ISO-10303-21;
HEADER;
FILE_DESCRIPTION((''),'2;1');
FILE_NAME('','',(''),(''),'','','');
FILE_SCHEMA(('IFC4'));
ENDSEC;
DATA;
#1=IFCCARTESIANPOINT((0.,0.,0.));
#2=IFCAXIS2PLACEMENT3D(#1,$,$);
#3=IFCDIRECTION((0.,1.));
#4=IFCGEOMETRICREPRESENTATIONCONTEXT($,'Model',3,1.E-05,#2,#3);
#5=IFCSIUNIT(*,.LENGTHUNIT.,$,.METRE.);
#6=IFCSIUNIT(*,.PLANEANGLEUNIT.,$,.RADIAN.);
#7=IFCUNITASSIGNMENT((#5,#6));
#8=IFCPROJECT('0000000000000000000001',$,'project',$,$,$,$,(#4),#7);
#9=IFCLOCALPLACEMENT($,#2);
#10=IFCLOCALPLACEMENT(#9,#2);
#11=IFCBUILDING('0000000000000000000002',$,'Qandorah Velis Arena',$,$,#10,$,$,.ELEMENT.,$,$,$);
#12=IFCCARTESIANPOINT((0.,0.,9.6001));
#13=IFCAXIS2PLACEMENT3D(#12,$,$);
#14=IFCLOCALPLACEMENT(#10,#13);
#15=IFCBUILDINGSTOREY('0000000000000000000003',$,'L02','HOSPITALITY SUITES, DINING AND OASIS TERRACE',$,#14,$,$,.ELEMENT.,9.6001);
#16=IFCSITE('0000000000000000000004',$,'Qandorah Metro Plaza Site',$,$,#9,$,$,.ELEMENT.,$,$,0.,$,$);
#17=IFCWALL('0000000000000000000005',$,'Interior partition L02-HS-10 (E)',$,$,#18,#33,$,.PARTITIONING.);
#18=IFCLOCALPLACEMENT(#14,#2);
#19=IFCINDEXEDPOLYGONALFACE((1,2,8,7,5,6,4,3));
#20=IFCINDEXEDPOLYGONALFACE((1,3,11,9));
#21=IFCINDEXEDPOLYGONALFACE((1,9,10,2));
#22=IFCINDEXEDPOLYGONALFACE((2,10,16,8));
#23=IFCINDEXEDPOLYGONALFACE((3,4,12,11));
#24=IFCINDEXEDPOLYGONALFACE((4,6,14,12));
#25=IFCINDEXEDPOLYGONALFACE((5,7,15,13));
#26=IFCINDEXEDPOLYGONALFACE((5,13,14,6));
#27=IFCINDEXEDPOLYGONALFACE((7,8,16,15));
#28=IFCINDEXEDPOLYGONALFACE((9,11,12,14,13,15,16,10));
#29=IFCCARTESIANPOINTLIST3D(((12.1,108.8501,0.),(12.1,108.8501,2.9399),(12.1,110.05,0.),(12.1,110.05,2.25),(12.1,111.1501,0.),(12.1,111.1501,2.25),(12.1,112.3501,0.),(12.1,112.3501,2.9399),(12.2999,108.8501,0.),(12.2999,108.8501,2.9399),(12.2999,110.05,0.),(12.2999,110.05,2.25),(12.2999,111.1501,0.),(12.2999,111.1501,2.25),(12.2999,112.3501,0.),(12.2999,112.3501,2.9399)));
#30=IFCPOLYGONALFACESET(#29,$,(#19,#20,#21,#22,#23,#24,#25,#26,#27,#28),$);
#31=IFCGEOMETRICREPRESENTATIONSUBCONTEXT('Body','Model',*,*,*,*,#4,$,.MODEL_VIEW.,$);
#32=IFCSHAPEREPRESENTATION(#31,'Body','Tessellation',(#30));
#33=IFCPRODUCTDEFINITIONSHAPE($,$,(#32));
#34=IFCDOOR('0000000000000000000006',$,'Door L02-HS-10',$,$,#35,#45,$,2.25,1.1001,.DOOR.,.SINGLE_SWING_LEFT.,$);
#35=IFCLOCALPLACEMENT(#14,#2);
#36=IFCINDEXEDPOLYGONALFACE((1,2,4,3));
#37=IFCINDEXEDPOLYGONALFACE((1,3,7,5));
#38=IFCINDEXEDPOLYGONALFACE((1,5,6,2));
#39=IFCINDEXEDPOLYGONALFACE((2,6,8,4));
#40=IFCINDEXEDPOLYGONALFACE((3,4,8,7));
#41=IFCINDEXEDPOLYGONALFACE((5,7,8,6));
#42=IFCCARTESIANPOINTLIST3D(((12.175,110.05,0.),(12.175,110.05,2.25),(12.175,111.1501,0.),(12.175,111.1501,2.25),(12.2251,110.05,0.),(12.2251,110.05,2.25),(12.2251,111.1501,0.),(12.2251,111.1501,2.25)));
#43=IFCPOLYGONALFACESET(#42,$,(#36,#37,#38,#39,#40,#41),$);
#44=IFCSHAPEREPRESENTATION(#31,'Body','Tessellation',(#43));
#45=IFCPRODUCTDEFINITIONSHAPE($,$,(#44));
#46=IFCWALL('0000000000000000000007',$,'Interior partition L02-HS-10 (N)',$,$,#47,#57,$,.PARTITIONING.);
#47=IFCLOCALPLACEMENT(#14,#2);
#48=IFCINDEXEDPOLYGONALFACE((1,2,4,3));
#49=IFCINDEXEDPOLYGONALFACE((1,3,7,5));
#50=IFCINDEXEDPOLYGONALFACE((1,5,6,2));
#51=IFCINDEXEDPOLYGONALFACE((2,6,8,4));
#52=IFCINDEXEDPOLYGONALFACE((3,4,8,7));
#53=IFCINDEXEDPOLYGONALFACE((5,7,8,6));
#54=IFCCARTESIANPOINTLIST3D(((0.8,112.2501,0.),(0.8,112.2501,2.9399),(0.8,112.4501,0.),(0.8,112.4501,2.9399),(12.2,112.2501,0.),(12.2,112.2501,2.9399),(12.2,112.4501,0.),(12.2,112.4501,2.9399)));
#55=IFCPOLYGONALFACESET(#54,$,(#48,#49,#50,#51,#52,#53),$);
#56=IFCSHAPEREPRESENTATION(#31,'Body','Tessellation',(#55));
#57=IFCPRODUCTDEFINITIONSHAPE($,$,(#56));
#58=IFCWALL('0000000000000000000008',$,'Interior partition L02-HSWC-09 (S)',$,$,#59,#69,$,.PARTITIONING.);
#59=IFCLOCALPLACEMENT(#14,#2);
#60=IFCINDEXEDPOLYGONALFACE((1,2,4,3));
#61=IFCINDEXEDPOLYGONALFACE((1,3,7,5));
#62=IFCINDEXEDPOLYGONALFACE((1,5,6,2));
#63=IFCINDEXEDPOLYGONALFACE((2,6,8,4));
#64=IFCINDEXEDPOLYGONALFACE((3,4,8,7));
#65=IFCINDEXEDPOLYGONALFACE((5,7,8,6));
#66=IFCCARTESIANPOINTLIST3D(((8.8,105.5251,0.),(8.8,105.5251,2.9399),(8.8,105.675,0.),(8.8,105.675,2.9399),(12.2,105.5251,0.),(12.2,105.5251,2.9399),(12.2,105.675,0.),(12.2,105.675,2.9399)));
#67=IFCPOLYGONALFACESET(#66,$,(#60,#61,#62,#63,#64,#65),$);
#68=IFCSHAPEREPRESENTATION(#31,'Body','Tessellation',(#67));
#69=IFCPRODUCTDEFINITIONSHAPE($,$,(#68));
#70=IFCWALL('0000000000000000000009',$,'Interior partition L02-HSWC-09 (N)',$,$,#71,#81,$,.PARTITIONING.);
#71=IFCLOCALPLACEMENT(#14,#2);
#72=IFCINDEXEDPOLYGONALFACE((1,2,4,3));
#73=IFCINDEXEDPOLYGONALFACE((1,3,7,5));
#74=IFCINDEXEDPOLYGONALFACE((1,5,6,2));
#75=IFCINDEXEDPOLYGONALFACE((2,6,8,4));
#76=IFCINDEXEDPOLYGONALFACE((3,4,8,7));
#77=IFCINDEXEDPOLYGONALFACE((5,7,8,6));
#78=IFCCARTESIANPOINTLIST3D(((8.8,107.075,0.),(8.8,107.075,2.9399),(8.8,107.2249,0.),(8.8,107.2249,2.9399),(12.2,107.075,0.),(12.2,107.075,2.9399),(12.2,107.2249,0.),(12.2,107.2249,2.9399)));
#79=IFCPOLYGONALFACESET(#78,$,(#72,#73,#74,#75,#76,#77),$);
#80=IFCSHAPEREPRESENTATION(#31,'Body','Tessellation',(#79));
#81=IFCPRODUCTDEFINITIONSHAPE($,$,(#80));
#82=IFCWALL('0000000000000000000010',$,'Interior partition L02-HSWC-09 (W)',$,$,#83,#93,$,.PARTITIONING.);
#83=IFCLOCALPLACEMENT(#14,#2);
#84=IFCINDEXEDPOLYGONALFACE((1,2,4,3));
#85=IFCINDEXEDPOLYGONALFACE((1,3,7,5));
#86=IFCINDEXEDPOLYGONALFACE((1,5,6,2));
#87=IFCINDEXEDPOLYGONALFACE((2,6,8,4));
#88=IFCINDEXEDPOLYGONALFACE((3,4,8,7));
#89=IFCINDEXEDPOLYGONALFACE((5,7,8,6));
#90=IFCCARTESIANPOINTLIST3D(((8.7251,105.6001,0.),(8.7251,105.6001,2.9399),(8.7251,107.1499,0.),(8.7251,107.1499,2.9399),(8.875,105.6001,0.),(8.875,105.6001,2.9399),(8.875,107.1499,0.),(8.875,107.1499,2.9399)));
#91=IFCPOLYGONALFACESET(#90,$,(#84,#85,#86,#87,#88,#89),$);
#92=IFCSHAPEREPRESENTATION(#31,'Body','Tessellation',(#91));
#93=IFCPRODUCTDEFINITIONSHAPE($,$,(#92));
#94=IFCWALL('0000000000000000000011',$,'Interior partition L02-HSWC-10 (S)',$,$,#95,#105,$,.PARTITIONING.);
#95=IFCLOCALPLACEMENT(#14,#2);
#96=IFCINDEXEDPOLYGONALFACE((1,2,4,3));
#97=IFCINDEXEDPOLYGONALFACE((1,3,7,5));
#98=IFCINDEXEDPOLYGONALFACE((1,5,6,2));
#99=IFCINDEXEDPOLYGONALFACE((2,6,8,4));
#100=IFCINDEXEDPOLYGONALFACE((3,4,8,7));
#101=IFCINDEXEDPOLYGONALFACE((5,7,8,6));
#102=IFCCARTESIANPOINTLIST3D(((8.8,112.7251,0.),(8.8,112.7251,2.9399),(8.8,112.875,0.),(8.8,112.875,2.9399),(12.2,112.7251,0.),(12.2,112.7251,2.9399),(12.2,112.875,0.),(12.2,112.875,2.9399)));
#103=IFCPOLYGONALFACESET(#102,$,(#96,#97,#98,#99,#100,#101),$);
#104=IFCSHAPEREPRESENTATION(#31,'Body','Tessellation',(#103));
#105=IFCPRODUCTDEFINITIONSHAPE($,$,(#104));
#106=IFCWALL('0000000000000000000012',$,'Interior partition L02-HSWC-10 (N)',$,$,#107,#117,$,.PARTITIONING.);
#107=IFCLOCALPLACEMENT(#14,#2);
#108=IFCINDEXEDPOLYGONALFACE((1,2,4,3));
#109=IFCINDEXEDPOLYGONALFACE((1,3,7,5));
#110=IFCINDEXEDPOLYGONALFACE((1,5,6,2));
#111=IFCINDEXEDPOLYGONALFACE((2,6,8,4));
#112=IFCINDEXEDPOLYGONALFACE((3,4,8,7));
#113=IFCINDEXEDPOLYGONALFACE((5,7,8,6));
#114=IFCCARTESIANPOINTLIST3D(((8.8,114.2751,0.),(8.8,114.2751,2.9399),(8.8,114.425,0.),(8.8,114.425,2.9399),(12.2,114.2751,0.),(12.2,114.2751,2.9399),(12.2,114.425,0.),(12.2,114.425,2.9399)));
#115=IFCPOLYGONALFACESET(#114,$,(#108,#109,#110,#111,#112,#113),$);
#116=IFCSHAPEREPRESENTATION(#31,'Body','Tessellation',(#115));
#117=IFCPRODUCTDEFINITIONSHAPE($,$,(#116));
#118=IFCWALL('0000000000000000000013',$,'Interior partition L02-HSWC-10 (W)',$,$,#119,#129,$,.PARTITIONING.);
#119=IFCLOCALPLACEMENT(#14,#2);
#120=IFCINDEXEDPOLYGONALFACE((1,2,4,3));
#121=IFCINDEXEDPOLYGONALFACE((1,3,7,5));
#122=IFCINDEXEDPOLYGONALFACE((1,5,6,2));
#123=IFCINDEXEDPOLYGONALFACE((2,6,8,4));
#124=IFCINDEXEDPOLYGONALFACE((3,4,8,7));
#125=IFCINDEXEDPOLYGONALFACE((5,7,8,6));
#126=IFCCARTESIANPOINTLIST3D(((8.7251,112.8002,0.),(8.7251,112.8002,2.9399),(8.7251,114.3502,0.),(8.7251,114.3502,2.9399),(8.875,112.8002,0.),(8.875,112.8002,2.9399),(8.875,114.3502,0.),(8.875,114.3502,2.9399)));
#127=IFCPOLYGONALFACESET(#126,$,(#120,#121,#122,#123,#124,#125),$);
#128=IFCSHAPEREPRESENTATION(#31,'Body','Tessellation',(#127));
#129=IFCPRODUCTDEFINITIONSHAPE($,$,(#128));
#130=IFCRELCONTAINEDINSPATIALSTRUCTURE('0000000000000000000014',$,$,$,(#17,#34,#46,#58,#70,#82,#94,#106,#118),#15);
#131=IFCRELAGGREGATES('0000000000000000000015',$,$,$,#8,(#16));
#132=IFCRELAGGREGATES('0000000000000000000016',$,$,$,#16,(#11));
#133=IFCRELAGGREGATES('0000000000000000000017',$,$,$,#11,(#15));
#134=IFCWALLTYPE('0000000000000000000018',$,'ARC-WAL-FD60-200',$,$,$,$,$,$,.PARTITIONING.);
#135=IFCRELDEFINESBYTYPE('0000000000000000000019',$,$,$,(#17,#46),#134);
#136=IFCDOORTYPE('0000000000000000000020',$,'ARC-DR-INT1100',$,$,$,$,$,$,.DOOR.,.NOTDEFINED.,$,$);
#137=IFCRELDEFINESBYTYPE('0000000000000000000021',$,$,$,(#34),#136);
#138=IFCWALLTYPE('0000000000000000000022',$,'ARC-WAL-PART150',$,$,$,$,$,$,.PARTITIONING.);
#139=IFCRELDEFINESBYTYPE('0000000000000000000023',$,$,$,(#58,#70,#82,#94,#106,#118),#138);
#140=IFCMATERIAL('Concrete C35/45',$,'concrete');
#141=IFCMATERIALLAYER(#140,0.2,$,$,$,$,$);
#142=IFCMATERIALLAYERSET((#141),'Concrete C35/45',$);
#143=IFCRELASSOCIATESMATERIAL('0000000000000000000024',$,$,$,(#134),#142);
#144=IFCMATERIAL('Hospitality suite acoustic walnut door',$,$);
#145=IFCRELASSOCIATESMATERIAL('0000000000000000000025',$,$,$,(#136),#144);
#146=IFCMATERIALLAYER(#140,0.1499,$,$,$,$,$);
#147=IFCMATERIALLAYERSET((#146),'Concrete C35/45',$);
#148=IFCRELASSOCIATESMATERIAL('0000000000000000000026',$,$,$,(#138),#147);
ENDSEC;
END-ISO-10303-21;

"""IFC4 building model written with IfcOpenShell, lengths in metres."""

from ifc_helpers import new_model, si_unit, direction, frame, frame_2d, origin, place, context, subcontext, project, spatial, rectangle, extrude, material, layer, layer_set, type_object, element, fill, save


model = new_model("IFC4")

# Units and contexts
model_context = context("Model", 3, precision=1e-05, world=origin(), true_north=direction((0.0, 1.0)))
body_context = subcontext(model_context, "Body", "Model", "MODEL_VIEW")
ifc_project = project(units=[si_unit("LENGTHUNIT", "METRE"), si_unit("PLANEANGLEUNIT", "RADIAN")], contexts=[model_context])

# Site, building, storey
site_placement = place(None, origin())
site = spatial("IfcSite", under=ifc_project, at=site_placement, Name="Qandorah Metro Plaza Site", CompositionType="ELEMENT", RefElevation=0.0)
building_placement = place(site_placement, origin())
building = spatial("IfcBuilding", under=site, at=building_placement, Name="Qandorah Velis Arena", CompositionType="ELEMENT")
storey_placement = place(building_placement, frame((0.0, 0.0, 9.6001)))
storey = spatial("IfcBuildingStorey", under=building, at=storey_placement, Name="L02", Description="HOSPITALITY SUITES, DINING AND OASIS TERRACE", CompositionType="ELEMENT", Elevation=9.6001)

# Shared definitions
ifc_material_1 = material(Name="Concrete C35/45", Category="concrete")
ifc_layer_1 = layer(ifc_material_1, 0.2)
ifc_layer_set_1 = layer_set([ifc_layer_1], Name="Concrete C35/45")
wall_type_1 = type_object("IfcWallType", Name="ARC-WAL-FD60-200", PredefinedType="PARTITIONING", material=ifc_layer_set_1)

# Wall, opening, door
wall_1_placement = place(storey_placement, frame((12.2, 108.8501, 0.0), z_axis=(0.0, 0.0, 1.0), x_axis=(0.0, 1.0, 0.0)))
wall_1 = element("IfcWall", 1, at=wall_1_placement, inside=storey, type_object=wall_type_1, Name="Interior partition L02-HS-10 (E)", PredefinedType="PARTITIONING", context=body_context, shape_type="SweptSolid", body=[
    extrude(rectangle(XDim=3.5, YDim=0.2, at=frame_2d((1.75, 0.0))), origin(), (0.0, 0.0, 1.0), 2.9399),
])
opening_1_placement = place(wall_1_placement, frame((1.2, 0.0, 0.0)))
opening_1 = element("IfcOpeningElement", 2, at=opening_1_placement, cuts=wall_1, PredefinedType="OPENING", context=body_context, shape_type="SweptSolid", body=[
    extrude(rectangle(XDim=1.1001, YDim=2.25, at=frame_2d((0.55, 1.125))), frame((0.0, 0.1099, 0.0), z_axis=(0.0, -1.0, 0.0), x_axis=(1.0, 0.0, 0.0)), (0.0, 0.0, 1.0), 0.22),
])
ifc_material_2 = material(Name="Hospitality suite acoustic walnut door")
door_type_1 = type_object("IfcDoorType", Name="ARC-DR-INT1100", OperationType="NOTDEFINED", PredefinedType="DOOR", material=ifc_material_2)
door_1_placement = place(opening_1_placement, origin())
door_1 = element("IfcDoor", 3, at=door_1_placement, inside=storey, type_object=door_type_1, Name="Door L02-HS-10", OperationType="SINGLE_SWING_LEFT", OverallHeight=2.25, OverallWidth=1.1001, PredefinedType="DOOR", context=body_context, shape_type="SweptSolid", body=[
    extrude(rectangle(XDim=1.1001, YDim=2.25, at=frame_2d((0.55, 1.125))), frame((0.0, 0.0249, 0.0), z_axis=(0.0, -1.0, 0.0), x_axis=(1.0, 0.0, 0.0)), (0.0, 0.0, 1.0), 0.05),
])
fill(opening_1, door_1)

# Walls
wall_2_placement = place(storey_placement, frame((12.2, 112.3501, 0.0), z_axis=(0.0, 0.0, 1.0), x_axis=(-1.0, 0.0, 0.0)))
element("IfcWall", 4, at=wall_2_placement, inside=storey, type_object=wall_type_1, Name="Interior partition L02-HS-10 (N)", PredefinedType="PARTITIONING", context=body_context, shape_type="SweptSolid", body=[
    extrude(rectangle(XDim=11.3999, YDim=0.2, at=frame_2d((5.7, 0.0))), origin(), (0.0, 0.0, 1.0), 2.9399),
])
ifc_layer_2 = layer(ifc_material_1, 0.1499)
ifc_layer_set_2 = layer_set([ifc_layer_2], Name="Concrete C35/45")
wall_type_2 = type_object("IfcWallType", Name="ARC-WAL-PART150", PredefinedType="PARTITIONING", material=ifc_layer_set_2)
wall_3_placement = place(storey_placement, frame((8.8, 105.6001, 0.0), z_axis=(0.0, 0.0, 1.0), x_axis=(1.0, 0.0, 0.0)))
element("IfcWall", 5, at=wall_3_placement, inside=storey, type_object=wall_type_2, Name="Interior partition L02-HSWC-09 (S)", PredefinedType="PARTITIONING", context=body_context, shape_type="SweptSolid", body=[
    extrude(rectangle(XDim=3.3999, YDim=0.1499, at=frame_2d((1.7, 0.0))), origin(), (0.0, 0.0, 1.0), 2.9399),
])

# Walls
wall_4_placement = place(storey_placement, frame((12.2, 107.1499, 0.0), z_axis=(0.0, 0.0, 1.0), x_axis=(-1.0, 0.0, 0.0)))
element("IfcWall", 6, at=wall_4_placement, inside=storey, type_object=wall_type_2, Name="Interior partition L02-HSWC-09 (N)", PredefinedType="PARTITIONING", context=body_context, shape_type="SweptSolid", body=[
    extrude(rectangle(XDim=3.3999, YDim=0.1499, at=frame_2d((1.7, 0.0))), origin(), (0.0, 0.0, 1.0), 2.9399),
])
wall_5_placement = place(storey_placement, frame((8.8, 107.1499, 0.0), z_axis=(0.0, 0.0, 1.0), x_axis=(0.0, -1.0, 0.0)))
element("IfcWall", 7, at=wall_5_placement, inside=storey, type_object=wall_type_2, Name="Interior partition L02-HSWC-09 (W)", PredefinedType="PARTITIONING", context=body_context, shape_type="SweptSolid", body=[
    extrude(rectangle(XDim=1.5498, YDim=0.1499, at=frame_2d((0.7749, 0.0))), origin(), (0.0, 0.0, 1.0), 2.9399),
])
wall_6_placement = place(storey_placement, frame((8.8, 112.8, 0.0), z_axis=(0.0, 0.0, 1.0), x_axis=(1.0, 0.0, 0.0)))
element("IfcWall", 8, at=wall_6_placement, inside=storey, type_object=wall_type_2, Name="Interior partition L02-HSWC-10 (S)", PredefinedType="PARTITIONING", context=body_context, shape_type="SweptSolid", body=[
    extrude(rectangle(XDim=3.3999, YDim=0.1499, at=frame_2d((1.7, 0.0))), origin(), (0.0, 0.0, 1.0), 2.9399),
])

# Walls
wall_7_placement = place(storey_placement, frame((12.2, 114.3501, 0.0), z_axis=(0.0, 0.0, 1.0), x_axis=(-1.0, 0.0, 0.0)))
element("IfcWall", 9, at=wall_7_placement, inside=storey, type_object=wall_type_2, Name="Interior partition L02-HSWC-10 (N)", PredefinedType="PARTITIONING", context=body_context, shape_type="SweptSolid", body=[
    extrude(rectangle(XDim=3.3999, YDim=0.1499, at=frame_2d((1.7, 0.0))), origin(), (0.0, 0.0, 1.0), 2.9399),
])
wall_8_placement = place(storey_placement, frame((8.8, 114.3501, 0.0), z_axis=(0.0, 0.0, 1.0), x_axis=(0.0, -1.0, 0.0)))
element("IfcWall", 10, at=wall_8_placement, inside=storey, type_object=wall_type_2, Name="Interior partition L02-HSWC-10 (W)", PredefinedType="PARTITIONING", context=body_context, shape_type="SweptSolid", body=[
    extrude(rectangle(XDim=1.55, YDim=0.1499, at=frame_2d((0.7749, 0.0))), origin(), (0.0, 0.0, 1.0), 2.9399),
])

save(model, "model.ifc")
